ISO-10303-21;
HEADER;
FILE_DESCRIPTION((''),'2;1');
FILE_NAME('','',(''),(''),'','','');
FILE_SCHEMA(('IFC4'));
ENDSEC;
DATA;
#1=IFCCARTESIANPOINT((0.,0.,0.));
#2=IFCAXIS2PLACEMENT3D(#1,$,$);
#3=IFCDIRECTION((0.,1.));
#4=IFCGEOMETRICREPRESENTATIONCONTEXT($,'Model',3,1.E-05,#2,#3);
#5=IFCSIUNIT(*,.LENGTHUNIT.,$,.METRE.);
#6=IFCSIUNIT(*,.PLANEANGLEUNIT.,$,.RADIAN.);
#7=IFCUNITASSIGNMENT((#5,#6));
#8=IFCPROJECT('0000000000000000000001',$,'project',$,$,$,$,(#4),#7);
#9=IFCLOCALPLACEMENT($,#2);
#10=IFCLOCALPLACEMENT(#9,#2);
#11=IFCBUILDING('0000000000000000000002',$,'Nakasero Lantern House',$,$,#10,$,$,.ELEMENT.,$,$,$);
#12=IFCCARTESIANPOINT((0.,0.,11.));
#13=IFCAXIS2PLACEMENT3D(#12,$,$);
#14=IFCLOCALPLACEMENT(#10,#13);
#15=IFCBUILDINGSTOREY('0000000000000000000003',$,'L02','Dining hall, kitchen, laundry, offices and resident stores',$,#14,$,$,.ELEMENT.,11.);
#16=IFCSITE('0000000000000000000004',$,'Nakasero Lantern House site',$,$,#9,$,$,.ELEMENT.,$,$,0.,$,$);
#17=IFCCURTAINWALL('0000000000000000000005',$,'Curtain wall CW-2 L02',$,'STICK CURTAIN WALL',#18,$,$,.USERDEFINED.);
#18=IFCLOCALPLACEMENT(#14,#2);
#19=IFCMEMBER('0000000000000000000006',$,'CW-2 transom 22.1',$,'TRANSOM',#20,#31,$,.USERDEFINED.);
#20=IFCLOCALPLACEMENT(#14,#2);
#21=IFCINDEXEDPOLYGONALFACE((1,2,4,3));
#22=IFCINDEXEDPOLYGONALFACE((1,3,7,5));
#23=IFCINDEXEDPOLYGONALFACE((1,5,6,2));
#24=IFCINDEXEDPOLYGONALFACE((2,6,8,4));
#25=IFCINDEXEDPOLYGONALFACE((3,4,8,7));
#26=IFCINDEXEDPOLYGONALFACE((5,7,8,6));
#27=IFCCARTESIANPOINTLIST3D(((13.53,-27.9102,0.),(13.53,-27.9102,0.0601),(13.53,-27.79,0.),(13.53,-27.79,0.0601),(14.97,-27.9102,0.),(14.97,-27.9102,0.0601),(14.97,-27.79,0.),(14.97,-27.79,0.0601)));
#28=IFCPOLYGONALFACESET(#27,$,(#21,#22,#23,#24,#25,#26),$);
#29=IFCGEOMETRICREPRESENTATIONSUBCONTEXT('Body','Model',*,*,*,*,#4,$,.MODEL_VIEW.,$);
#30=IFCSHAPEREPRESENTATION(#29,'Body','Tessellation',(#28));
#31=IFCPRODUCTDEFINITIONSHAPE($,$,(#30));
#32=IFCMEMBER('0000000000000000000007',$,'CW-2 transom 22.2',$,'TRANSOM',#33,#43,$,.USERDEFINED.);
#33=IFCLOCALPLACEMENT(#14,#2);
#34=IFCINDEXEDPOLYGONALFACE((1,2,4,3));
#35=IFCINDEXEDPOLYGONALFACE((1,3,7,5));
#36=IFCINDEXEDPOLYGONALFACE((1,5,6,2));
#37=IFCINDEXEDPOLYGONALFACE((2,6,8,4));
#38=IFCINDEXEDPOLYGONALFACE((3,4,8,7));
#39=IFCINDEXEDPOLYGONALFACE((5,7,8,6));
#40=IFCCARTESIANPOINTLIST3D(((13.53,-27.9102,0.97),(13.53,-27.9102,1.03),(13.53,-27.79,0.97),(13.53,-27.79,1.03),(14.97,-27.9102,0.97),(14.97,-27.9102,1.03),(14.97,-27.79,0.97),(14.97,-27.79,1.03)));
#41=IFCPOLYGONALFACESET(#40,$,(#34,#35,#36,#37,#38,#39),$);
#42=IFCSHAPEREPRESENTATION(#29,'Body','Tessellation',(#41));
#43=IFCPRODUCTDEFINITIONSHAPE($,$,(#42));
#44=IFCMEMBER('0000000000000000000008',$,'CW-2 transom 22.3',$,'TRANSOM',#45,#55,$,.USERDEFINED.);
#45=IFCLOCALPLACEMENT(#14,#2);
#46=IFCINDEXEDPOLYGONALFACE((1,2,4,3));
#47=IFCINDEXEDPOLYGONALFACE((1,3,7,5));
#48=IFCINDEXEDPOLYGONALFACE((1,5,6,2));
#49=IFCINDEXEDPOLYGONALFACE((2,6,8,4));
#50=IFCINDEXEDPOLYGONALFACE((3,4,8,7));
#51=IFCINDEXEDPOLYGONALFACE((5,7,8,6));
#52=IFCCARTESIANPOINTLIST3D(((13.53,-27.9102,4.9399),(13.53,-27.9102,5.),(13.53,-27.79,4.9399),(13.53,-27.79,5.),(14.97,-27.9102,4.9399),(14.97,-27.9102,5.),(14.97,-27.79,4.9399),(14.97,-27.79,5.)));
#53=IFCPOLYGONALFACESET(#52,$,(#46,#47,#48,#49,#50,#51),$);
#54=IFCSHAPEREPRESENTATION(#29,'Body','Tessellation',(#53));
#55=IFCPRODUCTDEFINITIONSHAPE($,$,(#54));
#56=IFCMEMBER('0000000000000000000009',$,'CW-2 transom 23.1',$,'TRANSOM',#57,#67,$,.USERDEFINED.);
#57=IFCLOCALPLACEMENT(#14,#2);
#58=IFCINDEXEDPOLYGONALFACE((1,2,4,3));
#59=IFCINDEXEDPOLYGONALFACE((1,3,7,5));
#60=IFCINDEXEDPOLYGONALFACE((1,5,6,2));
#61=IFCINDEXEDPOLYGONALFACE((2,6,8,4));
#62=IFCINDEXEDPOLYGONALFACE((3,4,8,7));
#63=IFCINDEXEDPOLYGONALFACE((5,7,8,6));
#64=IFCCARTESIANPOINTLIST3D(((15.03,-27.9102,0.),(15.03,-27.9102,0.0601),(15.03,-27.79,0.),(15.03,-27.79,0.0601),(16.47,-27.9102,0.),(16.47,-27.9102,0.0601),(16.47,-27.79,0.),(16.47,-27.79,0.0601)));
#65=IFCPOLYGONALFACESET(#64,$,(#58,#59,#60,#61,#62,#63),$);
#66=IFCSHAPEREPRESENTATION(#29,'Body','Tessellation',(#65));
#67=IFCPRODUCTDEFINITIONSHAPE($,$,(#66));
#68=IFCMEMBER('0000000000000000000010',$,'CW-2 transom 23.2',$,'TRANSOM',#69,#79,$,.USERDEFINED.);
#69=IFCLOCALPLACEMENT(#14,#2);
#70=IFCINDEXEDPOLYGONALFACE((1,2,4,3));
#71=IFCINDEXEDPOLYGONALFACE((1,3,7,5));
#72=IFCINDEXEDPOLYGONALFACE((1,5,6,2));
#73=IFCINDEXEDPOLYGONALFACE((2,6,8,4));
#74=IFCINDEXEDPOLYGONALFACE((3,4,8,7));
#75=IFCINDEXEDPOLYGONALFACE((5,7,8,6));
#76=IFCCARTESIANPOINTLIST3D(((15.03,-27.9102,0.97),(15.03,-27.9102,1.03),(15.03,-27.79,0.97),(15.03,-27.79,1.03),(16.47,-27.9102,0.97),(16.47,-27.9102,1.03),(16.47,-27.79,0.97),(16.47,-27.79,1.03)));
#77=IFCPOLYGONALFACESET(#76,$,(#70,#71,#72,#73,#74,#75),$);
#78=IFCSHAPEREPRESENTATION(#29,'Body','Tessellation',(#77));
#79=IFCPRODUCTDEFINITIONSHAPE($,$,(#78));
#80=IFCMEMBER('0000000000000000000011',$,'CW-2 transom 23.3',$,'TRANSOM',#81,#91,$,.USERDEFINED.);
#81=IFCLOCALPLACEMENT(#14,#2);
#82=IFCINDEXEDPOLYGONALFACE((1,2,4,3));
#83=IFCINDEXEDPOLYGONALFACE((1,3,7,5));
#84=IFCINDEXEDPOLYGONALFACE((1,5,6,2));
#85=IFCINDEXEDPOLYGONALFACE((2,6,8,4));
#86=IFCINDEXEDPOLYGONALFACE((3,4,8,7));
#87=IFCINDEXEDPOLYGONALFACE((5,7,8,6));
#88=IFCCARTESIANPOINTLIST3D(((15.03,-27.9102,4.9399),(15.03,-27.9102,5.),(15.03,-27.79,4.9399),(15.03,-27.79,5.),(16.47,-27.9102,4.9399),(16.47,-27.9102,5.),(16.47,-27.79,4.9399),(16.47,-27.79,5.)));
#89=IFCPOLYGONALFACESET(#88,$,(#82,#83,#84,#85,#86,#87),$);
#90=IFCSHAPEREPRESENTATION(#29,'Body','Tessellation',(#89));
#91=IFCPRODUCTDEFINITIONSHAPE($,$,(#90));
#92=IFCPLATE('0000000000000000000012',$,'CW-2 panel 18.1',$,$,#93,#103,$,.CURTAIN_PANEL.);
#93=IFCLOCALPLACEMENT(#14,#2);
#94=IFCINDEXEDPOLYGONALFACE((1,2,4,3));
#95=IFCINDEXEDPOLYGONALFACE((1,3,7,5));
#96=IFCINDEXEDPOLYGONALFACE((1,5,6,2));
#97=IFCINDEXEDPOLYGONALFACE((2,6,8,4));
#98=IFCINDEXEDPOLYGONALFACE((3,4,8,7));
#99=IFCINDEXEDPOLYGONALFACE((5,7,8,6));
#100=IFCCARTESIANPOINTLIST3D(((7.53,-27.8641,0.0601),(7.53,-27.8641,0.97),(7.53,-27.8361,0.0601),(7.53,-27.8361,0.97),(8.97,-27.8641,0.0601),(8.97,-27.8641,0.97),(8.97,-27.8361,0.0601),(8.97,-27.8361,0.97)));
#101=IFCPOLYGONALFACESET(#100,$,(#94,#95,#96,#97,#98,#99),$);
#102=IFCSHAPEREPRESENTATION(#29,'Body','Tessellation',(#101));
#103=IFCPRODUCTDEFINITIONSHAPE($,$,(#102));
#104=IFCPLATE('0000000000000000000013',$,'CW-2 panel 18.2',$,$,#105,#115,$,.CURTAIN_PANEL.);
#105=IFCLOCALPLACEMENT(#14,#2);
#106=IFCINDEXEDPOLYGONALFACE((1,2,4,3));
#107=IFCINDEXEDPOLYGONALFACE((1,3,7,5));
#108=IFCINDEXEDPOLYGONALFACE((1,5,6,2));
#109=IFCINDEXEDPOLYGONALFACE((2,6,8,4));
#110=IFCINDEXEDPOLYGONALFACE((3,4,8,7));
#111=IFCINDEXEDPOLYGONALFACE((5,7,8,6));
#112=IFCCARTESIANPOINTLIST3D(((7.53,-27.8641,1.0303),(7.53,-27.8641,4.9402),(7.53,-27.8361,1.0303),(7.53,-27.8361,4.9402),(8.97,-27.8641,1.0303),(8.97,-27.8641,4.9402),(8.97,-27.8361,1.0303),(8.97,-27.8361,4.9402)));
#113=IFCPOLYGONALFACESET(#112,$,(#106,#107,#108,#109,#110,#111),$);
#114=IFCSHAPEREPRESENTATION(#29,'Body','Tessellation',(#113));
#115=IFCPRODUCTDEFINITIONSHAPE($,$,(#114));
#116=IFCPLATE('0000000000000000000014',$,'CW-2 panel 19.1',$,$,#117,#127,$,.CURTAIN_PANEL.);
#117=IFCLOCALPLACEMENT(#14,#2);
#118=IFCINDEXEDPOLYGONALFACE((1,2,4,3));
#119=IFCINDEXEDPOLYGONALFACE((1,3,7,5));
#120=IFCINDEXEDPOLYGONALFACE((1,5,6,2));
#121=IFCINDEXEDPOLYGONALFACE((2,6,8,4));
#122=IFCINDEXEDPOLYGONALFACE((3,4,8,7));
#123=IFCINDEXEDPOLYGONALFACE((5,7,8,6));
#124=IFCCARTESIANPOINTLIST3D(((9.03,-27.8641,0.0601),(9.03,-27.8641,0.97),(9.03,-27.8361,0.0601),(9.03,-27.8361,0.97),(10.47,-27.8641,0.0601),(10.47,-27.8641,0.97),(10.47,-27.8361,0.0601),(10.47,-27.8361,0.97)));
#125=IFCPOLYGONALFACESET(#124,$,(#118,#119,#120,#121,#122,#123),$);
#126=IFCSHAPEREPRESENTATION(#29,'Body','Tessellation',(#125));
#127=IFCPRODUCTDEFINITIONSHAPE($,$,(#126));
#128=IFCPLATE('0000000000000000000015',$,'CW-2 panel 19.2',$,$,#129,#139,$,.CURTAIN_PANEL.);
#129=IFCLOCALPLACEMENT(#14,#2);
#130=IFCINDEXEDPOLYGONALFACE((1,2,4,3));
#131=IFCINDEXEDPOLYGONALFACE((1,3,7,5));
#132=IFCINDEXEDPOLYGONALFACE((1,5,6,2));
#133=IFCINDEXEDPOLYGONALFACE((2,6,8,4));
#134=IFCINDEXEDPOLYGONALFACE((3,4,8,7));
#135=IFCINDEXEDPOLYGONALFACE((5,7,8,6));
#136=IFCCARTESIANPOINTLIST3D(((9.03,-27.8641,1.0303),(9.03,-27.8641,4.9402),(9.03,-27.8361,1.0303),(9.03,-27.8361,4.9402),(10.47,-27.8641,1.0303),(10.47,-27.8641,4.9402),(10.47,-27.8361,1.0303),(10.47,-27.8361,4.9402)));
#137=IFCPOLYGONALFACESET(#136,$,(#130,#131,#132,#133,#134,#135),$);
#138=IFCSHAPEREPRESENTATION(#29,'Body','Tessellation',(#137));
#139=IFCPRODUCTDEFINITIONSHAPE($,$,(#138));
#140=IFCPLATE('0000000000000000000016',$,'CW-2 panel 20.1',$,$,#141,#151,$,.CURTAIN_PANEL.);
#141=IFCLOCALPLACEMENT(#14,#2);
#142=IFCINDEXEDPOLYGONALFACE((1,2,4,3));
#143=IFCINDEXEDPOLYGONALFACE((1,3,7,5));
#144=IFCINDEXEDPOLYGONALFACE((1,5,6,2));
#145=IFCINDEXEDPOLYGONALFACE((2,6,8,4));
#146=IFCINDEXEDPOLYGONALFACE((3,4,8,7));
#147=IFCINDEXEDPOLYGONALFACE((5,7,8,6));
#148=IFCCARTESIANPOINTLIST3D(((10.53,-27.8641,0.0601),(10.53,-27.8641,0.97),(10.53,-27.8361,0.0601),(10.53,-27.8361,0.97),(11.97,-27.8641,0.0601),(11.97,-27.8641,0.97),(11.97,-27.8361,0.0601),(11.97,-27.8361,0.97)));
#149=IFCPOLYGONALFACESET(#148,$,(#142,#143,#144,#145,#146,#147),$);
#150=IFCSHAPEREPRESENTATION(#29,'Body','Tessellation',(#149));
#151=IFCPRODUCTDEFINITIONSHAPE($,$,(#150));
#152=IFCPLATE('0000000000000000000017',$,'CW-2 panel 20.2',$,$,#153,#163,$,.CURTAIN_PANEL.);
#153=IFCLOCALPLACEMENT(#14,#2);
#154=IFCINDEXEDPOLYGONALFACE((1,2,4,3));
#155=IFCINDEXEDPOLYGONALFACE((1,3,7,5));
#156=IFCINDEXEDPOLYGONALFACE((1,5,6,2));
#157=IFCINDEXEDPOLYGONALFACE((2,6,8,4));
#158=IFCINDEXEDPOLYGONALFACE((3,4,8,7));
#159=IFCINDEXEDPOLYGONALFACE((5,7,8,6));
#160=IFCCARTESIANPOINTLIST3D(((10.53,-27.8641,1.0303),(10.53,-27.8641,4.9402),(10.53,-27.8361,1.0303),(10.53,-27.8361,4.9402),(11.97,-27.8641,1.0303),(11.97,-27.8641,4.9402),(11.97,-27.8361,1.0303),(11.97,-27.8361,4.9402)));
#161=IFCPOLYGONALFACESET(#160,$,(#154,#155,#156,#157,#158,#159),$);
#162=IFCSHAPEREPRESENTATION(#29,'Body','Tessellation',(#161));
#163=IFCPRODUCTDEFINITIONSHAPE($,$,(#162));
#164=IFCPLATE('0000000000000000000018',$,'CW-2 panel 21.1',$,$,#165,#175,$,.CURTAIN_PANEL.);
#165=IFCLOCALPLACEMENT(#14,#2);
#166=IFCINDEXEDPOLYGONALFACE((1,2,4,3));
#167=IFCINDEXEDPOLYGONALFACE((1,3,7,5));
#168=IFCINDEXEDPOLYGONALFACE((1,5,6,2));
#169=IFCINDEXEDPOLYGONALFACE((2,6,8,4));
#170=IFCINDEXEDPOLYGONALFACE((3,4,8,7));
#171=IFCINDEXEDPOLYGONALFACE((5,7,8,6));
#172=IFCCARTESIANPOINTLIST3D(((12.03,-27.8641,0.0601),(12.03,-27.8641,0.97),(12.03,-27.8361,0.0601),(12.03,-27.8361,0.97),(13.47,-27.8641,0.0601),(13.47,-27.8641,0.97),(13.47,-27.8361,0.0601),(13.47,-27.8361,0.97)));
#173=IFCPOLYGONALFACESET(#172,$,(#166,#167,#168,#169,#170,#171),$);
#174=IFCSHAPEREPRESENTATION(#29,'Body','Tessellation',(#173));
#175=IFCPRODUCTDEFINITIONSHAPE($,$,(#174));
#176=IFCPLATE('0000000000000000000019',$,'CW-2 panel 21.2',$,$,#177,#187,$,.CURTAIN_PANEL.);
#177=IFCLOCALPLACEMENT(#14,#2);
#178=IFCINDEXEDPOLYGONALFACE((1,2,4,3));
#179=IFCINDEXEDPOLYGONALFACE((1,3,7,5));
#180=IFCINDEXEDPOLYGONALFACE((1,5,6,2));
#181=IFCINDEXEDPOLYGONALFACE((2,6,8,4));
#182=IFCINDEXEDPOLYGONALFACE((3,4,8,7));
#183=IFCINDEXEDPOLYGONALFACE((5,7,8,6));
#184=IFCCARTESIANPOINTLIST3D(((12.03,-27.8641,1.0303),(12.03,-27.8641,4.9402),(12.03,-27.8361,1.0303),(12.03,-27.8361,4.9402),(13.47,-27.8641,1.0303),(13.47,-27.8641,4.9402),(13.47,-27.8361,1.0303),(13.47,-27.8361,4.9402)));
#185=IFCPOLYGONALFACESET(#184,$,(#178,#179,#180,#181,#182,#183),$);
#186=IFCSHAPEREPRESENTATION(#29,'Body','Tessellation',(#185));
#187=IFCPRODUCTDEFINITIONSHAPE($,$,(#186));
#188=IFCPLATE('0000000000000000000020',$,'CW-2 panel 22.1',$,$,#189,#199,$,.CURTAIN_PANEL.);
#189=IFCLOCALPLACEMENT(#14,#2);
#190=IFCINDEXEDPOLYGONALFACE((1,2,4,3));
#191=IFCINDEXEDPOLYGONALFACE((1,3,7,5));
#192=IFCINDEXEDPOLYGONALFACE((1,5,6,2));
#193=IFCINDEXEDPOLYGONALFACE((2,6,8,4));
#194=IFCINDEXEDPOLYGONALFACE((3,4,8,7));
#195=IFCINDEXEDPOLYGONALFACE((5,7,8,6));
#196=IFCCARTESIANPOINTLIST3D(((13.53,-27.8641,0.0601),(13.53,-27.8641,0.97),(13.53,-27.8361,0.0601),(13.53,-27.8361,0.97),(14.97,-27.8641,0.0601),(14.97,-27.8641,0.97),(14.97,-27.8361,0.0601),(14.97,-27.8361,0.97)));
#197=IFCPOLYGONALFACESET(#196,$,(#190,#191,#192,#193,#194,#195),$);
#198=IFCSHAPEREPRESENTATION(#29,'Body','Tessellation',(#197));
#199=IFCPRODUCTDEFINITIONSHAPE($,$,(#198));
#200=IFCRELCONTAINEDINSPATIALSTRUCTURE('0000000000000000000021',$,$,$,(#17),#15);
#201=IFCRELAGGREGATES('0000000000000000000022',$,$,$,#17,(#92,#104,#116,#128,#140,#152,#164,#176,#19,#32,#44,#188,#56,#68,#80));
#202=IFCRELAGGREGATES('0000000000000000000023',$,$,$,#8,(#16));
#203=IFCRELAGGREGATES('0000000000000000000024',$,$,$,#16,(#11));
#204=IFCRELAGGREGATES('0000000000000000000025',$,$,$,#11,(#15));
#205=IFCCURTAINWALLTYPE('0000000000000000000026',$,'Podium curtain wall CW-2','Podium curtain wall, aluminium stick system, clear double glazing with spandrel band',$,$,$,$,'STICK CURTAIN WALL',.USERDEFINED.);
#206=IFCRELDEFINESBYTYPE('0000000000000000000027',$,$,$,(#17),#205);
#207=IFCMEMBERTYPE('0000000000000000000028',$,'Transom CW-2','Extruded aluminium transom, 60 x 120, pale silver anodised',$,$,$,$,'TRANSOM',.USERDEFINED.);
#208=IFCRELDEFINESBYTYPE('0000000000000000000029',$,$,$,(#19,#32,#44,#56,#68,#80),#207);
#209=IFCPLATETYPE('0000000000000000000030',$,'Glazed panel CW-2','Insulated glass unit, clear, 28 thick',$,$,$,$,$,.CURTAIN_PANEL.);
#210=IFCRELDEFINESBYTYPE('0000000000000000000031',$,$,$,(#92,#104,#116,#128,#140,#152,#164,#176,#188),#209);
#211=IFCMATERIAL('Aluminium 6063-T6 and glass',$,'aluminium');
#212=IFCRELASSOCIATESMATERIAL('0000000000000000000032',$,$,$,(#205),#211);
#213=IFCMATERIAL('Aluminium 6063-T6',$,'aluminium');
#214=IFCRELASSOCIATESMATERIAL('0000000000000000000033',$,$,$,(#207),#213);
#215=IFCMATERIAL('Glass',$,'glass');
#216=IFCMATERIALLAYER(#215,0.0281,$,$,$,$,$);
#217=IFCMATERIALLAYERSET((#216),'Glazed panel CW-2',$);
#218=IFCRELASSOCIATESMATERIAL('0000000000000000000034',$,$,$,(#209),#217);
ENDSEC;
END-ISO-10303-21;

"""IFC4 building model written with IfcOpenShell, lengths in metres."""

from ifc_helpers import new_model, si_unit, direction, frame, origin, origin_2d, place, context, subcontext, project, spatial, rectangle, extrude, material, layer, layer_set, material_profile, profile_set, type_object, element, aggregate, save


model = new_model("IFC4")

# Units and contexts
model_context = context("Model", 3, precision=1e-05, world=origin(), true_north=direction((0.0, 1.0)))
body_context = subcontext(model_context, "Body", "Model", "MODEL_VIEW")
ifc_project = project(units=[si_unit("LENGTHUNIT", "METRE"), si_unit("PLANEANGLEUNIT", "RADIAN")], contexts=[model_context])

# Site, building, storey
site_placement = place(None, origin())
site = spatial("IfcSite", under=ifc_project, at=site_placement, Name="Nakasero Lantern House site", CompositionType="ELEMENT", RefElevation=0.0)
building_placement = place(site_placement, origin())
building = spatial("IfcBuilding", under=site, at=building_placement, Name="Nakasero Lantern House", CompositionType="ELEMENT")
storey_placement = place(building_placement, frame((0.0, 0.0, 11.0)))
storey = spatial("IfcBuildingStorey", under=building, at=storey_placement, Name="L02", Description="Dining hall, kitchen, laundry, offices and resident stores", CompositionType="ELEMENT", Elevation=11.0)

# Curtain wall, members, plates
ifc_material_1 = material(Name="Aluminium 6063-T6 and glass", Category="aluminium")
curtain_wall_type = type_object("IfcCurtainWallType", Name="Podium curtain wall CW-2", Description="Podium curtain wall, aluminium stick system, clear double glazing with spandrel band", ElementType="STICK CURTAIN WALL", PredefinedType="USERDEFINED", material=ifc_material_1)
curtain_wall_placement = place(storey_placement, origin())
curtain_wall = element("IfcCurtainWall", 1, at=curtain_wall_placement, inside=storey, type_object=curtain_wall_type, Name="Curtain wall CW-2 L02", ObjectType="STICK CURTAIN WALL", PredefinedType="USERDEFINED")
ifc_material_2 = material(Name="Aluminium 6063-T6", Category="aluminium")
ifc_material_profile_1 = material_profile(ifc_material_2, rectangle(XDim=0.0601, YDim=0.1201, at=origin_2d()), Name="CW-2 transom 60x120")
ifc_profile_set_1 = profile_set([ifc_material_profile_1], Name="Aluminium 6063-T6")
member_type_1 = type_object("IfcMemberType", Name="Transom CW-2", Description="Extruded aluminium transom, 60 x 120, pale silver anodised", ElementType="TRANSOM", PredefinedType="USERDEFINED", material=ifc_profile_set_1)
member_1_placement = place(storey_placement, frame((13.53, -27.8501, 0.03), z_axis=(1.0, 0.0, 0.0), x_axis=(0.0, 0.0, 1.0)))
member_1 = element("IfcMember", 2, at=member_1_placement, type_object=member_type_1, Name="CW-2 transom 22.1", ObjectType="TRANSOM", PredefinedType="USERDEFINED", context=body_context, shape_type="SweptSolid", body=[
    extrude(rectangle(XDim=0.0601, YDim=0.1201, at=origin_2d()), origin(), (0.0, 0.0, 1.0), 1.4399),
])
member_2_placement = place(storey_placement, frame((13.53, -27.8501, 1.0), z_axis=(1.0, 0.0, 0.0), x_axis=(0.0, 0.0, 1.0)))
member_2 = element("IfcMember", 3, at=member_2_placement, type_object=member_type_1, Name="CW-2 transom 22.2", ObjectType="TRANSOM", PredefinedType="USERDEFINED", context=body_context, shape_type="SweptSolid", body=[
    extrude(rectangle(XDim=0.0601, YDim=0.1201, at=origin_2d()), origin(), (0.0, 0.0, 1.0), 1.4399),
])
member_3_placement = place(storey_placement, frame((13.53, -27.8501, 4.97), z_axis=(1.0, 0.0, 0.0), x_axis=(0.0, 0.0, 1.0)))
member_3 = element("IfcMember", 4, at=member_3_placement, type_object=member_type_1, Name="CW-2 transom 22.3", ObjectType="TRANSOM", PredefinedType="USERDEFINED", context=body_context, shape_type="SweptSolid", body=[
    extrude(rectangle(XDim=0.0601, YDim=0.1201, at=origin_2d()), origin(), (0.0, 0.0, 1.0), 1.4399),
])
member_4_placement = place(storey_placement, frame((15.03, -27.8501, 0.03), z_axis=(1.0, 0.0, 0.0), x_axis=(0.0, 0.0, 1.0)))
member_4 = element("IfcMember", 5, at=member_4_placement, type_object=member_type_1, Name="CW-2 transom 23.1", ObjectType="TRANSOM", PredefinedType="USERDEFINED", context=body_context, shape_type="SweptSolid", body=[
    extrude(rectangle(XDim=0.0601, YDim=0.1201, at=origin_2d()), origin(), (0.0, 0.0, 1.0), 1.4399),
])
member_5_placement = place(storey_placement, frame((15.03, -27.8501, 1.0), z_axis=(1.0, 0.0, 0.0), x_axis=(0.0, 0.0, 1.0)))
member_5 = element("IfcMember", 6, at=member_5_placement, type_object=member_type_1, Name="CW-2 transom 23.2", ObjectType="TRANSOM", PredefinedType="USERDEFINED", context=body_context, shape_type="SweptSolid", body=[
    extrude(rectangle(XDim=0.0601, YDim=0.1201, at=origin_2d()), origin(), (0.0, 0.0, 1.0), 1.4399),
])
member_6_placement = place(storey_placement, frame((15.03, -27.8501, 4.97), z_axis=(1.0, 0.0, 0.0), x_axis=(0.0, 0.0, 1.0)))
member_6 = element("IfcMember", 7, at=member_6_placement, type_object=member_type_1, Name="CW-2 transom 23.3", ObjectType="TRANSOM", PredefinedType="USERDEFINED", context=body_context, shape_type="SweptSolid", body=[
    extrude(rectangle(XDim=0.0601, YDim=0.1201, at=origin_2d()), origin(), (0.0, 0.0, 1.0), 1.4399),
])
ifc_material_3 = material(Name="Glass", Category="glass")
ifc_layer = layer(ifc_material_3, 0.0281)
ifc_layer_set = layer_set([ifc_layer], Name="Glazed panel CW-2")
plate_type = type_object("IfcPlateType", Name="Glazed panel CW-2", Description="Insulated glass unit, clear, 28 thick", PredefinedType="CURTAIN_PANEL", material=ifc_layer_set)
plate_1_placement = place(storey_placement, frame((8.25, -27.8501, 0.0601), z_axis=(0.0, 0.0, 1.0), x_axis=(1.0, 0.0, 0.0)))
plate_1 = element("IfcPlate", 8, at=plate_1_placement, type_object=plate_type, Name="CW-2 panel 18.1", PredefinedType="CURTAIN_PANEL", context=body_context, shape_type="SweptSolid", body=[
    extrude(rectangle(XDim=1.4399, YDim=0.0281, at=origin_2d()), origin(), (0.0, 0.0, 1.0), 0.9099),
])
plate_2_placement = place(storey_placement, frame((8.25, -27.8501, 1.0303), z_axis=(0.0, 0.0, 1.0), x_axis=(1.0, 0.0, 0.0)))
plate_2 = element("IfcPlate", 9, at=plate_2_placement, type_object=plate_type, Name="CW-2 panel 18.2", PredefinedType="CURTAIN_PANEL", context=body_context, shape_type="SweptSolid", body=[
    extrude(rectangle(XDim=1.4399, YDim=0.0281, at=origin_2d()), origin(), (0.0, 0.0, 1.0), 3.9099),
])
plate_3_placement = place(storey_placement, frame((9.75, -27.8501, 0.0601), z_axis=(0.0, 0.0, 1.0), x_axis=(1.0, 0.0, 0.0)))
plate_3 = element("IfcPlate", 10, at=plate_3_placement, type_object=plate_type, Name="CW-2 panel 19.1", PredefinedType="CURTAIN_PANEL", context=body_context, shape_type="SweptSolid", body=[
    extrude(rectangle(XDim=1.4399, YDim=0.0281, at=origin_2d()), origin(), (0.0, 0.0, 1.0), 0.9099),
])
plate_4_placement = place(storey_placement, frame((9.75, -27.8501, 1.0303), z_axis=(0.0, 0.0, 1.0), x_axis=(1.0, 0.0, 0.0)))
plate_4 = element("IfcPlate", 11, at=plate_4_placement, type_object=plate_type, Name="CW-2 panel 19.2", PredefinedType="CURTAIN_PANEL", context=body_context, shape_type="SweptSolid", body=[
    extrude(rectangle(XDim=1.4399, YDim=0.0281, at=origin_2d()), origin(), (0.0, 0.0, 1.0), 3.9099),
])
plate_5_placement = place(storey_placement, frame((11.25, -27.8501, 0.0601), z_axis=(0.0, 0.0, 1.0), x_axis=(1.0, 0.0, 0.0)))
plate_5 = element("IfcPlate", 12, at=plate_5_placement, type_object=plate_type, Name="CW-2 panel 20.1", PredefinedType="CURTAIN_PANEL", context=body_context, shape_type="SweptSolid", body=[
    extrude(rectangle(XDim=1.4399, YDim=0.0281, at=origin_2d()), origin(), (0.0, 0.0, 1.0), 0.9099),
])
plate_6_placement = place(storey_placement, frame((11.25, -27.8501, 1.0303), z_axis=(0.0, 0.0, 1.0), x_axis=(1.0, 0.0, 0.0)))
plate_6 = element("IfcPlate", 13, at=plate_6_placement, type_object=plate_type, Name="CW-2 panel 20.2", PredefinedType="CURTAIN_PANEL", context=body_context, shape_type="SweptSolid", body=[
    extrude(rectangle(XDim=1.4399, YDim=0.0281, at=origin_2d()), origin(), (0.0, 0.0, 1.0), 3.9099),
])
plate_7_placement = place(storey_placement, frame((12.75, -27.8501, 0.0601), z_axis=(0.0, 0.0, 1.0), x_axis=(1.0, 0.0, 0.0)))
plate_7 = element("IfcPlate", 14, at=plate_7_placement, type_object=plate_type, Name="CW-2 panel 21.1", PredefinedType="CURTAIN_PANEL", context=body_context, shape_type="SweptSolid", body=[
    extrude(rectangle(XDim=1.4399, YDim=0.0281, at=origin_2d()), origin(), (0.0, 0.0, 1.0), 0.9099),
])
plate_8_placement = place(storey_placement, frame((12.75, -27.8501, 1.0303), z_axis=(0.0, 0.0, 1.0), x_axis=(1.0, 0.0, 0.0)))
plate_8 = element("IfcPlate", 15, at=plate_8_placement, type_object=plate_type, Name="CW-2 panel 21.2", PredefinedType="CURTAIN_PANEL", context=body_context, shape_type="SweptSolid", body=[
    extrude(rectangle(XDim=1.4399, YDim=0.0281, at=origin_2d()), origin(), (0.0, 0.0, 1.0), 3.9099),
])
plate_9_placement = place(storey_placement, frame((14.25, -27.8501, 0.0601), z_axis=(0.0, 0.0, 1.0), x_axis=(1.0, 0.0, 0.0)))
plate_9 = element("IfcPlate", 16, at=plate_9_placement, type_object=plate_type, Name="CW-2 panel 22.1", PredefinedType="CURTAIN_PANEL", context=body_context, shape_type="SweptSolid", body=[
    extrude(rectangle(XDim=1.4399, YDim=0.0281, at=origin_2d()), origin(), (0.0, 0.0, 1.0), 0.9099),
])
aggregate(curtain_wall, [plate_1, plate_2, plate_3, plate_4, plate_5, plate_6, plate_7, plate_8, member_1, member_2, member_3, plate_9, member_4, member_5, member_6])

save(model, "model.ifc")
